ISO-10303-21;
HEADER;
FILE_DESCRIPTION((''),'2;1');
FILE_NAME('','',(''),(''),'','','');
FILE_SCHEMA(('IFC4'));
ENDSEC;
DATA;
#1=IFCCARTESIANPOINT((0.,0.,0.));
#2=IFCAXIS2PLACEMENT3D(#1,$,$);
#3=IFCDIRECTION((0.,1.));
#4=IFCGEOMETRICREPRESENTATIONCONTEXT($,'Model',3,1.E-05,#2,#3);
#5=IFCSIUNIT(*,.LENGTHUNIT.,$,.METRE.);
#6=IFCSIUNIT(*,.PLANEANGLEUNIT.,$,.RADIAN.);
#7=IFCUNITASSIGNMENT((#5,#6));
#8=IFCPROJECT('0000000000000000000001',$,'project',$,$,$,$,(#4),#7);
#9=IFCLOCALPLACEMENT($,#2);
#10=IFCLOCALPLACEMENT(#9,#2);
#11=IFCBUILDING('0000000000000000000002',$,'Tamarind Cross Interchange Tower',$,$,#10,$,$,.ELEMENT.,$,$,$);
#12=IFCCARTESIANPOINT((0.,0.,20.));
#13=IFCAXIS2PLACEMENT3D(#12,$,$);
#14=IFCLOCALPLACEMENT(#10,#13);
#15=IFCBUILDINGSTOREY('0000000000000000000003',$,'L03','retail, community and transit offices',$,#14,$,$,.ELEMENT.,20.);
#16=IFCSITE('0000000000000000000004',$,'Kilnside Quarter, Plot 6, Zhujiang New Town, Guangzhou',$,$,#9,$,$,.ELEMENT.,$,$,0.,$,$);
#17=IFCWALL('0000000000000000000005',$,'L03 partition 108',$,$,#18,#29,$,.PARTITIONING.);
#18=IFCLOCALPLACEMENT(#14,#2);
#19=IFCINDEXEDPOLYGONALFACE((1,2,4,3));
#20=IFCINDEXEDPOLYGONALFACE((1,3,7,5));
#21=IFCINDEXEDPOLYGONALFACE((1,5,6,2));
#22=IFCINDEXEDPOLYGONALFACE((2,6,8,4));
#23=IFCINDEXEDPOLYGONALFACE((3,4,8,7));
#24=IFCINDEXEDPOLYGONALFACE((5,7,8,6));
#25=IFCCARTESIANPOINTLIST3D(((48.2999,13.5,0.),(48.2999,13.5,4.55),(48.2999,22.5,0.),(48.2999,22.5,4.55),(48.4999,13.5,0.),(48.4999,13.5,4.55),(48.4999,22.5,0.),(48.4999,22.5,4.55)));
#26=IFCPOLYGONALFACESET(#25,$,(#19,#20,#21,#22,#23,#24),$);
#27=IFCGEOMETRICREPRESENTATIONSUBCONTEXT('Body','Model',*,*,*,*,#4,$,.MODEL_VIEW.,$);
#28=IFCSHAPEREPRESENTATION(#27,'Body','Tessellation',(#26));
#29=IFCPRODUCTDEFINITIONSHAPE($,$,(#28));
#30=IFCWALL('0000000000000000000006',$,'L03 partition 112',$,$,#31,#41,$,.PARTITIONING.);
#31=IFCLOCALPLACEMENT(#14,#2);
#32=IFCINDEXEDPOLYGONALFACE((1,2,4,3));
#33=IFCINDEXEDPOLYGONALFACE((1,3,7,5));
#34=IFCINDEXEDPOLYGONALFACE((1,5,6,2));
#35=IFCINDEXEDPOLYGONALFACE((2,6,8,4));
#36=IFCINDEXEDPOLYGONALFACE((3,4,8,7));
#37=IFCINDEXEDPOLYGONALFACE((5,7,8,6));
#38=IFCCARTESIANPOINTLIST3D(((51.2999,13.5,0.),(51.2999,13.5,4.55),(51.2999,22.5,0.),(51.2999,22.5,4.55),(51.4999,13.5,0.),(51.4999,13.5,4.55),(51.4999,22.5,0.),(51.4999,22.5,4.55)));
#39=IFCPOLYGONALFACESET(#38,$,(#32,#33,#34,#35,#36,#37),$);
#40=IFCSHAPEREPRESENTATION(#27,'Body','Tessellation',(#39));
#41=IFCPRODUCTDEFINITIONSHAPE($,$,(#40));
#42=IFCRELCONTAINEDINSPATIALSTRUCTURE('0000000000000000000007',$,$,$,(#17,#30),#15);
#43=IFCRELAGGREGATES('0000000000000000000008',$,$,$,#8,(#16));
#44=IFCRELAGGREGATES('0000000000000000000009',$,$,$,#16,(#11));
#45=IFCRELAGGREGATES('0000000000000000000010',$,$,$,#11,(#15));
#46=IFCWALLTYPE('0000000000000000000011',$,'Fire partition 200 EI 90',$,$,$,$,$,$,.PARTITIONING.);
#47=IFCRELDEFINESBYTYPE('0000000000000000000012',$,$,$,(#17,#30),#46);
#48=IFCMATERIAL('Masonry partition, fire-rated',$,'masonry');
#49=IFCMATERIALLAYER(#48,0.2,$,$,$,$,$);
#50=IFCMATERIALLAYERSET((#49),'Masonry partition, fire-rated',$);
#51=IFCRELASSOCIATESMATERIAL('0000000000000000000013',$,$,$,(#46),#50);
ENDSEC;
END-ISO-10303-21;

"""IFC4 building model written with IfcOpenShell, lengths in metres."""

from ifc_helpers import new_model, si_unit, direction, frame, frame_2d, origin, place, context, subcontext, project, spatial, rectangle, extrude, material, layer, layer_set, type_object, element, save


model = new_model("IFC4")

# Units and contexts
model_context = context("Model", 3, precision=1e-05, world=origin(), true_north=direction((0.0, 1.0)))
body_context = subcontext(model_context, "Body", "Model", "MODEL_VIEW")
ifc_project = project(units=[si_unit("LENGTHUNIT", "METRE"), si_unit("PLANEANGLEUNIT", "RADIAN")], contexts=[model_context])

# Site, building, storey
site_placement = place(None, origin())
site = spatial("IfcSite", under=ifc_project, at=site_placement, Name="Kilnside Quarter, Plot 6, Zhujiang New Town, Guangzhou", CompositionType="ELEMENT", RefElevation=0.0)
building_placement = place(site_placement, origin())
building = spatial("IfcBuilding", under=site, at=building_placement, Name="Tamarind Cross Interchange Tower", CompositionType="ELEMENT")
storey_placement = place(building_placement, frame((0.0, 0.0, 20.0)))
storey = spatial("IfcBuildingStorey", under=building, at=storey_placement, Name="L03", Description="retail, community and transit offices", CompositionType="ELEMENT", Elevation=20.0)

# Walls
ifc_material_1 = material(Name="Masonry partition, fire-rated", Category="masonry")
ifc_layer_1 = layer(ifc_material_1, 0.2)
ifc_layer_set_1 = layer_set([ifc_layer_1], Name="Masonry partition, fire-rated")
wall_type_1 = type_object("IfcWallType", Name="Fire partition 200 EI 90", PredefinedType="PARTITIONING", material=ifc_layer_set_1)
for number, where, z_axis, x_axis, name in (
    (1, (48.3999, 13.5, 0.0), (0.0, 0.0, 1.0), (0.0, 1.0, 0.0), "L03 partition 108"),
    (2, (51.3999, 13.5, 0.0), (0.0, 0.0, 1.0), (0.0, 1.0, 0.0), "L03 partition 112"),
):
    element("IfcWall", number, at=place(storey_placement, frame(where, z_axis=z_axis, x_axis=x_axis)), inside=storey, type_object=wall_type_1, Name=name, PredefinedType="PARTITIONING", context=body_context, shape_type="SweptSolid", body=[
        extrude(rectangle(XDim=9.0, YDim=0.2, at=frame_2d((4.5, 0.0))), origin(), (0.0, 0.0, 1.0), 4.55),
    ])

save(model, "model.ifc")
